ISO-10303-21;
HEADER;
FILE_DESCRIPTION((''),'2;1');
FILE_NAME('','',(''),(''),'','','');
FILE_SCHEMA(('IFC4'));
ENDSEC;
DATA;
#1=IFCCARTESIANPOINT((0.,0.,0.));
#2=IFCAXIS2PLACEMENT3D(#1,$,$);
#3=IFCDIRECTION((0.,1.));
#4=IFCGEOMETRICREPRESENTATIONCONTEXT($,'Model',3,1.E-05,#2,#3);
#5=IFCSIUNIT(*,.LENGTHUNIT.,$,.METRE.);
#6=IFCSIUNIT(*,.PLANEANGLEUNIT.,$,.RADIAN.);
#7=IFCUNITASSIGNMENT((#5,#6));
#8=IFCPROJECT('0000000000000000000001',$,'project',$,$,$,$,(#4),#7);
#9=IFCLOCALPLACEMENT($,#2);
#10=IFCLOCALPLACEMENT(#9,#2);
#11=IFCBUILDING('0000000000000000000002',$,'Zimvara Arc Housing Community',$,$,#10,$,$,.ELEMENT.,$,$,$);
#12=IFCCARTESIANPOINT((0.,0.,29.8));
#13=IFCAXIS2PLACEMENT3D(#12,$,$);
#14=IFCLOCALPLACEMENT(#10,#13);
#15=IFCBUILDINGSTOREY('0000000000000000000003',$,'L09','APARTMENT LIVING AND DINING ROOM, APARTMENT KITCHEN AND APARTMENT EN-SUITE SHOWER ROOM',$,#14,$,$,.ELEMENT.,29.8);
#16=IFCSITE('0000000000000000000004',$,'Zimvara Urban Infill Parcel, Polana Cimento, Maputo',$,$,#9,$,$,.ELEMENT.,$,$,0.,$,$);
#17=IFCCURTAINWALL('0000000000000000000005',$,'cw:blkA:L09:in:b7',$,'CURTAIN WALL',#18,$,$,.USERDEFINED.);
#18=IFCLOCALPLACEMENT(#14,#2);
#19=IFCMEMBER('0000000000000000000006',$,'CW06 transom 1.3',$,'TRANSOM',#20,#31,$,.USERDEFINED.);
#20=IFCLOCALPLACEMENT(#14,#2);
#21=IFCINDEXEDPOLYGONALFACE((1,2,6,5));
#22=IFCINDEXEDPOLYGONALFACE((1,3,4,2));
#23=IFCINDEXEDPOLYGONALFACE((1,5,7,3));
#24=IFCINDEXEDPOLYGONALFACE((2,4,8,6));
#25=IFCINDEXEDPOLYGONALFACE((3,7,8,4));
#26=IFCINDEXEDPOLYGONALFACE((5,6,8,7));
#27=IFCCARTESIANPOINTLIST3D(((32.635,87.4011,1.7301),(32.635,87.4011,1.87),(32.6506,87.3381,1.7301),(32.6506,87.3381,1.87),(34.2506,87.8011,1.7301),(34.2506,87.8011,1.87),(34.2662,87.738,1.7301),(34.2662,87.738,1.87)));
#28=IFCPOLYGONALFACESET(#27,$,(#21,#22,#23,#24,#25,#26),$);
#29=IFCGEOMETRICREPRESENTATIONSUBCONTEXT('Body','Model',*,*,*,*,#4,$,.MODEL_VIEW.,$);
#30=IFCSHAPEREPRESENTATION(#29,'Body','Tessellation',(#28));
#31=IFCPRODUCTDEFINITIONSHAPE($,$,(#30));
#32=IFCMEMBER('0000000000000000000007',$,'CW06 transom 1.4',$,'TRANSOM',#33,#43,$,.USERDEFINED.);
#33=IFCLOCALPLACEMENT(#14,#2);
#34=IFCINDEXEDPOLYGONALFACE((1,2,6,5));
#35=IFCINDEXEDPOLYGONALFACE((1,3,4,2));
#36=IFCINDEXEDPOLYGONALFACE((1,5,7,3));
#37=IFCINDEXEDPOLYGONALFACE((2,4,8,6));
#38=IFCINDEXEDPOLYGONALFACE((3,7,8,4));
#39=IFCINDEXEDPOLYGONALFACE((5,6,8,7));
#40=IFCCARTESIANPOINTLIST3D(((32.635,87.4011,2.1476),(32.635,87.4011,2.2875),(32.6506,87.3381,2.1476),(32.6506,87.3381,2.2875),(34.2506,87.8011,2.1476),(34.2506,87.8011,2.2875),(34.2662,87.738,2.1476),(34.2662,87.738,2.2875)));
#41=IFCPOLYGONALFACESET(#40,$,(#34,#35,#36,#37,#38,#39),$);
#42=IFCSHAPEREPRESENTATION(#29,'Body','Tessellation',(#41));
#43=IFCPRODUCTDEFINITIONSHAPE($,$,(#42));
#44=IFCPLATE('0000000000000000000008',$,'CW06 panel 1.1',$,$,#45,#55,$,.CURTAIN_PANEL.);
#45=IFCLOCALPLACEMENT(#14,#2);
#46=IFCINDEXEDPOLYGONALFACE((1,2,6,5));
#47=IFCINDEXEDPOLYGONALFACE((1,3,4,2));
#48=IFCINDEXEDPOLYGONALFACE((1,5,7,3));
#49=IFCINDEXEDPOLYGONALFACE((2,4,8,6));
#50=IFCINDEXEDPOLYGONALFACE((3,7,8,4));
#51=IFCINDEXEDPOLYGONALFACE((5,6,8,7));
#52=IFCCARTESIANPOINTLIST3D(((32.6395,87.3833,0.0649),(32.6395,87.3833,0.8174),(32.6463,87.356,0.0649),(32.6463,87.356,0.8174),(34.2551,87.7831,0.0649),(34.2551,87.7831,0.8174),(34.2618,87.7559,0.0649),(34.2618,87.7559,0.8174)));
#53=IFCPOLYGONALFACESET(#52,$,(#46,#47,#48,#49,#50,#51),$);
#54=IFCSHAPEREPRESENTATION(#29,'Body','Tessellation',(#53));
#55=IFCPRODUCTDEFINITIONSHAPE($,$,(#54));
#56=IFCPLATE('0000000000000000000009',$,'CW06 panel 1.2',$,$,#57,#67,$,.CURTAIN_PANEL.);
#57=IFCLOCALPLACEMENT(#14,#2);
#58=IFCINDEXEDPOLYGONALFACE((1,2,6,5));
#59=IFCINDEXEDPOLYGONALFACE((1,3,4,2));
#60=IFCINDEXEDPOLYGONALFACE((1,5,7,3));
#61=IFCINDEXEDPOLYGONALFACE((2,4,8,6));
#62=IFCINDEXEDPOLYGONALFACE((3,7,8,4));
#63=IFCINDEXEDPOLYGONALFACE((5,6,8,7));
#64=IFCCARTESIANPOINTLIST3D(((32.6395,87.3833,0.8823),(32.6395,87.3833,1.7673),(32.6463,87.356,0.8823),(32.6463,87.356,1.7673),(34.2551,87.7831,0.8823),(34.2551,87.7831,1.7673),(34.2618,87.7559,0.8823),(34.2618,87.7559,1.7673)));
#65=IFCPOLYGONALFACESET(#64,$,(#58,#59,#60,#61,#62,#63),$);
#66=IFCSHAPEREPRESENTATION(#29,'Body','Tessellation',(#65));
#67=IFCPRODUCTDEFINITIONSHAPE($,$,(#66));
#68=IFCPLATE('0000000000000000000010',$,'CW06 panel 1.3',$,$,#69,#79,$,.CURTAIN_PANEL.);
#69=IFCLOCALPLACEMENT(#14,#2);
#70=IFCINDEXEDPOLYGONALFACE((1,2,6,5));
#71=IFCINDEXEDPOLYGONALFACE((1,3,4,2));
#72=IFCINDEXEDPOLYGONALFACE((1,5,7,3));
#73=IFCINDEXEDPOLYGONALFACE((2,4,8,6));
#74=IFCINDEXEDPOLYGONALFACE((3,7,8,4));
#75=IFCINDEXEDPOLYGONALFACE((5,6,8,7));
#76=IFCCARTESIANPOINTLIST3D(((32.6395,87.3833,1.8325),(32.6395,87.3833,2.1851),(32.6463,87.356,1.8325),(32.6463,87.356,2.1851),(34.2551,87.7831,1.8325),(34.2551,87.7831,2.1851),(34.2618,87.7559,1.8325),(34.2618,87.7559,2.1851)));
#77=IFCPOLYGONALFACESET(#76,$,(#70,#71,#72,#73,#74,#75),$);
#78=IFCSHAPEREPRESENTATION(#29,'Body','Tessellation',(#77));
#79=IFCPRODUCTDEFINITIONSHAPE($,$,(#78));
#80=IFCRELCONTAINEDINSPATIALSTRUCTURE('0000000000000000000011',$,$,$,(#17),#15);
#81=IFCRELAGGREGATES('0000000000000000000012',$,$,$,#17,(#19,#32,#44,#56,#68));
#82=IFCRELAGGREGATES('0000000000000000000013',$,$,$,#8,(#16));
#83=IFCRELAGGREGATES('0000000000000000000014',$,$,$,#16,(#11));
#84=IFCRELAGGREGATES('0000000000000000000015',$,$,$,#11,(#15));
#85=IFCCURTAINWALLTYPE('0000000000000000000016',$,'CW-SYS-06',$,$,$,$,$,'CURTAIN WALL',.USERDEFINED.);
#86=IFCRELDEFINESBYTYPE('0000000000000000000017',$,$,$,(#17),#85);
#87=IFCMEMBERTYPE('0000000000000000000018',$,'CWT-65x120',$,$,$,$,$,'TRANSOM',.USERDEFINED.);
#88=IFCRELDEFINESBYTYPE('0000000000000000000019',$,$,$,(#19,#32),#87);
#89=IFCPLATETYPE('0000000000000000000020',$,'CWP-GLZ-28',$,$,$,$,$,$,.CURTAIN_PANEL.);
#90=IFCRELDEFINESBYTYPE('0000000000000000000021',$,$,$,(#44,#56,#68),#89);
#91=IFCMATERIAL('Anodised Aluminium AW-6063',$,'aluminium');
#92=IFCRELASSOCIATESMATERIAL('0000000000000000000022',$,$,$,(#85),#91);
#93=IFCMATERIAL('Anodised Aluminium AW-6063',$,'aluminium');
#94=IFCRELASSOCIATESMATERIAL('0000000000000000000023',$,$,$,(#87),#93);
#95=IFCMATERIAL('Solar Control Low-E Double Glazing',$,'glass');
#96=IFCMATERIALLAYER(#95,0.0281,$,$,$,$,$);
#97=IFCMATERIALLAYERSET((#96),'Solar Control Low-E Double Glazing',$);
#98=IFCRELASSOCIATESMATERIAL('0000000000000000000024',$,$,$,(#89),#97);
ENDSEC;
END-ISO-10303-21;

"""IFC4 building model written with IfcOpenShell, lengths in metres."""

from ifc_helpers import new_model, si_unit, direction, frame, origin, origin_2d, place, context, subcontext, project, spatial, rectangle, extrude, material, layer, layer_set, material_profile, profile_set, type_object, element, aggregate, save


model = new_model("IFC4")

# Units and contexts
model_context = context("Model", 3, precision=1e-05, world=origin(), true_north=direction((0.0, 1.0)))
body_context = subcontext(model_context, "Body", "Model", "MODEL_VIEW")
ifc_project = project(units=[si_unit("LENGTHUNIT", "METRE"), si_unit("PLANEANGLEUNIT", "RADIAN")], contexts=[model_context])

# Site, building, storey
site_placement = place(None, origin())
site = spatial("IfcSite", under=ifc_project, at=site_placement, Name="Zimvara Urban Infill Parcel, Polana Cimento, Maputo", CompositionType="ELEMENT", RefElevation=0.0)
building_placement = place(site_placement, origin())
building = spatial("IfcBuilding", under=site, at=building_placement, Name="Zimvara Arc Housing Community", CompositionType="ELEMENT")
storey_placement = place(building_placement, frame((0.0, 0.0, 29.8)))
storey = spatial("IfcBuildingStorey", under=building, at=storey_placement, Name="L09", Description="APARTMENT LIVING AND DINING ROOM, APARTMENT KITCHEN AND APARTMENT EN-SUITE SHOWER ROOM", CompositionType="ELEMENT", Elevation=29.8)

# Curtain wall
ifc_material_1 = material(Name="Anodised Aluminium AW-6063", Category="aluminium")
curtain_wall_type_1 = type_object("IfcCurtainWallType", Name="CW-SYS-06", ElementType="CURTAIN WALL", PredefinedType="USERDEFINED", material=ifc_material_1)
curtain_wall_1_placement = place(storey_placement, origin())
curtain_wall_1 = element("IfcCurtainWall", 1, at=curtain_wall_1_placement, inside=storey, type_object=curtain_wall_type_1, Name="cw:blkA:L09:in:b7", ObjectType="CURTAIN WALL", PredefinedType="USERDEFINED")

# Members
ifc_material_2 = material(Name="Anodised Aluminium AW-6063", Category="aluminium")
ifc_material_profile_1 = material_profile(ifc_material_2, rectangle(XDim=0.0649, YDim=0.1399, at=origin_2d()), Name="ALU 65x140")
ifc_profile_set_1 = profile_set([ifc_material_profile_1], Name="Anodised Aluminium AW-6063")
member_type_1 = type_object("IfcMemberType", Name="CWT-65x120", ElementType="TRANSOM", PredefinedType="USERDEFINED", material=ifc_profile_set_1)
member_1_placement = place(storey_placement, frame((32.6428, 87.3696, 1.8), z_axis=(0.970701, 0.240291, 0.0), x_axis=(-0.240291, 0.970701, 0.0)))
member_1 = element("IfcMember", 2, at=member_1_placement, type_object=member_type_1, Name="CW06 transom 1.3", ObjectType="TRANSOM", PredefinedType="USERDEFINED", context=body_context, shape_type="SweptSolid", body=[
    extrude(rectangle(XDim=0.0649, YDim=0.1399, at=origin_2d()), origin(), (0.0, 0.0, 1.0), 1.6643),
])
member_2_placement = place(storey_placement, frame((32.6428, 87.3696, 2.2175), z_axis=(0.970701, 0.240291, 0.0), x_axis=(-0.240291, 0.970701, 0.0)))
member_2 = element("IfcMember", 3, at=member_2_placement, type_object=member_type_1, Name="CW06 transom 1.4", ObjectType="TRANSOM", PredefinedType="USERDEFINED", context=body_context, shape_type="SweptSolid", body=[
    extrude(rectangle(XDim=0.0649, YDim=0.1399, at=origin_2d()), origin(), (0.0, 0.0, 1.0), 1.6643),
])

# Plates
ifc_material_3 = material(Name="Solar Control Low-E Double Glazing", Category="glass")
ifc_layer_1 = layer(ifc_material_3, 0.0281)
ifc_layer_set_1 = layer_set([ifc_layer_1], Name="Solar Control Low-E Double Glazing")
plate_type = type_object("IfcPlateType", Name="CWP-GLZ-28", PredefinedType="CURTAIN_PANEL", material=ifc_layer_set_1)
plate_1_placement = place(storey_placement, frame((33.4507, 87.5696, 0.0649), z_axis=(0.0, 0.0, 1.0), x_axis=(0.970717, 0.240228, 0.0)))
plate_1 = element("IfcPlate", 4, at=plate_1_placement, type_object=plate_type, Name="CW06 panel 1.1", PredefinedType="CURTAIN_PANEL", context=body_context, shape_type="SweptSolid", body=[
    extrude(rectangle(XDim=1.6643, YDim=0.0281, at=origin_2d()), origin(), (0.0, 0.0, 1.0), 0.7524),
])
plate_2_placement = place(storey_placement, frame((33.4507, 87.5696, 0.8823), z_axis=(0.0, 0.0, 1.0), x_axis=(0.970717, 0.240228, 0.0)))
plate_2 = element("IfcPlate", 5, at=plate_2_placement, type_object=plate_type, Name="CW06 panel 1.2", PredefinedType="CURTAIN_PANEL", context=body_context, shape_type="SweptSolid", body=[
    extrude(rectangle(XDim=1.6643, YDim=0.0281, at=origin_2d()), origin(), (0.0, 0.0, 1.0), 0.885),
])
plate_3_placement = place(storey_placement, frame((33.4507, 87.5696, 1.8325), z_axis=(0.0, 0.0, 1.0), x_axis=(0.970717, 0.240228, 0.0)))
plate_3 = element("IfcPlate", 6, at=plate_3_placement, type_object=plate_type, Name="CW06 panel 1.3", PredefinedType="CURTAIN_PANEL", context=body_context, shape_type="SweptSolid", body=[
    extrude(rectangle(XDim=1.6643, YDim=0.0281, at=origin_2d()), origin(), (0.0, 0.0, 1.0), 0.3525),
])
aggregate(curtain_wall_1, [member_1, member_2, plate_1, plate_2, plate_3])

save(model, "model.ifc")
